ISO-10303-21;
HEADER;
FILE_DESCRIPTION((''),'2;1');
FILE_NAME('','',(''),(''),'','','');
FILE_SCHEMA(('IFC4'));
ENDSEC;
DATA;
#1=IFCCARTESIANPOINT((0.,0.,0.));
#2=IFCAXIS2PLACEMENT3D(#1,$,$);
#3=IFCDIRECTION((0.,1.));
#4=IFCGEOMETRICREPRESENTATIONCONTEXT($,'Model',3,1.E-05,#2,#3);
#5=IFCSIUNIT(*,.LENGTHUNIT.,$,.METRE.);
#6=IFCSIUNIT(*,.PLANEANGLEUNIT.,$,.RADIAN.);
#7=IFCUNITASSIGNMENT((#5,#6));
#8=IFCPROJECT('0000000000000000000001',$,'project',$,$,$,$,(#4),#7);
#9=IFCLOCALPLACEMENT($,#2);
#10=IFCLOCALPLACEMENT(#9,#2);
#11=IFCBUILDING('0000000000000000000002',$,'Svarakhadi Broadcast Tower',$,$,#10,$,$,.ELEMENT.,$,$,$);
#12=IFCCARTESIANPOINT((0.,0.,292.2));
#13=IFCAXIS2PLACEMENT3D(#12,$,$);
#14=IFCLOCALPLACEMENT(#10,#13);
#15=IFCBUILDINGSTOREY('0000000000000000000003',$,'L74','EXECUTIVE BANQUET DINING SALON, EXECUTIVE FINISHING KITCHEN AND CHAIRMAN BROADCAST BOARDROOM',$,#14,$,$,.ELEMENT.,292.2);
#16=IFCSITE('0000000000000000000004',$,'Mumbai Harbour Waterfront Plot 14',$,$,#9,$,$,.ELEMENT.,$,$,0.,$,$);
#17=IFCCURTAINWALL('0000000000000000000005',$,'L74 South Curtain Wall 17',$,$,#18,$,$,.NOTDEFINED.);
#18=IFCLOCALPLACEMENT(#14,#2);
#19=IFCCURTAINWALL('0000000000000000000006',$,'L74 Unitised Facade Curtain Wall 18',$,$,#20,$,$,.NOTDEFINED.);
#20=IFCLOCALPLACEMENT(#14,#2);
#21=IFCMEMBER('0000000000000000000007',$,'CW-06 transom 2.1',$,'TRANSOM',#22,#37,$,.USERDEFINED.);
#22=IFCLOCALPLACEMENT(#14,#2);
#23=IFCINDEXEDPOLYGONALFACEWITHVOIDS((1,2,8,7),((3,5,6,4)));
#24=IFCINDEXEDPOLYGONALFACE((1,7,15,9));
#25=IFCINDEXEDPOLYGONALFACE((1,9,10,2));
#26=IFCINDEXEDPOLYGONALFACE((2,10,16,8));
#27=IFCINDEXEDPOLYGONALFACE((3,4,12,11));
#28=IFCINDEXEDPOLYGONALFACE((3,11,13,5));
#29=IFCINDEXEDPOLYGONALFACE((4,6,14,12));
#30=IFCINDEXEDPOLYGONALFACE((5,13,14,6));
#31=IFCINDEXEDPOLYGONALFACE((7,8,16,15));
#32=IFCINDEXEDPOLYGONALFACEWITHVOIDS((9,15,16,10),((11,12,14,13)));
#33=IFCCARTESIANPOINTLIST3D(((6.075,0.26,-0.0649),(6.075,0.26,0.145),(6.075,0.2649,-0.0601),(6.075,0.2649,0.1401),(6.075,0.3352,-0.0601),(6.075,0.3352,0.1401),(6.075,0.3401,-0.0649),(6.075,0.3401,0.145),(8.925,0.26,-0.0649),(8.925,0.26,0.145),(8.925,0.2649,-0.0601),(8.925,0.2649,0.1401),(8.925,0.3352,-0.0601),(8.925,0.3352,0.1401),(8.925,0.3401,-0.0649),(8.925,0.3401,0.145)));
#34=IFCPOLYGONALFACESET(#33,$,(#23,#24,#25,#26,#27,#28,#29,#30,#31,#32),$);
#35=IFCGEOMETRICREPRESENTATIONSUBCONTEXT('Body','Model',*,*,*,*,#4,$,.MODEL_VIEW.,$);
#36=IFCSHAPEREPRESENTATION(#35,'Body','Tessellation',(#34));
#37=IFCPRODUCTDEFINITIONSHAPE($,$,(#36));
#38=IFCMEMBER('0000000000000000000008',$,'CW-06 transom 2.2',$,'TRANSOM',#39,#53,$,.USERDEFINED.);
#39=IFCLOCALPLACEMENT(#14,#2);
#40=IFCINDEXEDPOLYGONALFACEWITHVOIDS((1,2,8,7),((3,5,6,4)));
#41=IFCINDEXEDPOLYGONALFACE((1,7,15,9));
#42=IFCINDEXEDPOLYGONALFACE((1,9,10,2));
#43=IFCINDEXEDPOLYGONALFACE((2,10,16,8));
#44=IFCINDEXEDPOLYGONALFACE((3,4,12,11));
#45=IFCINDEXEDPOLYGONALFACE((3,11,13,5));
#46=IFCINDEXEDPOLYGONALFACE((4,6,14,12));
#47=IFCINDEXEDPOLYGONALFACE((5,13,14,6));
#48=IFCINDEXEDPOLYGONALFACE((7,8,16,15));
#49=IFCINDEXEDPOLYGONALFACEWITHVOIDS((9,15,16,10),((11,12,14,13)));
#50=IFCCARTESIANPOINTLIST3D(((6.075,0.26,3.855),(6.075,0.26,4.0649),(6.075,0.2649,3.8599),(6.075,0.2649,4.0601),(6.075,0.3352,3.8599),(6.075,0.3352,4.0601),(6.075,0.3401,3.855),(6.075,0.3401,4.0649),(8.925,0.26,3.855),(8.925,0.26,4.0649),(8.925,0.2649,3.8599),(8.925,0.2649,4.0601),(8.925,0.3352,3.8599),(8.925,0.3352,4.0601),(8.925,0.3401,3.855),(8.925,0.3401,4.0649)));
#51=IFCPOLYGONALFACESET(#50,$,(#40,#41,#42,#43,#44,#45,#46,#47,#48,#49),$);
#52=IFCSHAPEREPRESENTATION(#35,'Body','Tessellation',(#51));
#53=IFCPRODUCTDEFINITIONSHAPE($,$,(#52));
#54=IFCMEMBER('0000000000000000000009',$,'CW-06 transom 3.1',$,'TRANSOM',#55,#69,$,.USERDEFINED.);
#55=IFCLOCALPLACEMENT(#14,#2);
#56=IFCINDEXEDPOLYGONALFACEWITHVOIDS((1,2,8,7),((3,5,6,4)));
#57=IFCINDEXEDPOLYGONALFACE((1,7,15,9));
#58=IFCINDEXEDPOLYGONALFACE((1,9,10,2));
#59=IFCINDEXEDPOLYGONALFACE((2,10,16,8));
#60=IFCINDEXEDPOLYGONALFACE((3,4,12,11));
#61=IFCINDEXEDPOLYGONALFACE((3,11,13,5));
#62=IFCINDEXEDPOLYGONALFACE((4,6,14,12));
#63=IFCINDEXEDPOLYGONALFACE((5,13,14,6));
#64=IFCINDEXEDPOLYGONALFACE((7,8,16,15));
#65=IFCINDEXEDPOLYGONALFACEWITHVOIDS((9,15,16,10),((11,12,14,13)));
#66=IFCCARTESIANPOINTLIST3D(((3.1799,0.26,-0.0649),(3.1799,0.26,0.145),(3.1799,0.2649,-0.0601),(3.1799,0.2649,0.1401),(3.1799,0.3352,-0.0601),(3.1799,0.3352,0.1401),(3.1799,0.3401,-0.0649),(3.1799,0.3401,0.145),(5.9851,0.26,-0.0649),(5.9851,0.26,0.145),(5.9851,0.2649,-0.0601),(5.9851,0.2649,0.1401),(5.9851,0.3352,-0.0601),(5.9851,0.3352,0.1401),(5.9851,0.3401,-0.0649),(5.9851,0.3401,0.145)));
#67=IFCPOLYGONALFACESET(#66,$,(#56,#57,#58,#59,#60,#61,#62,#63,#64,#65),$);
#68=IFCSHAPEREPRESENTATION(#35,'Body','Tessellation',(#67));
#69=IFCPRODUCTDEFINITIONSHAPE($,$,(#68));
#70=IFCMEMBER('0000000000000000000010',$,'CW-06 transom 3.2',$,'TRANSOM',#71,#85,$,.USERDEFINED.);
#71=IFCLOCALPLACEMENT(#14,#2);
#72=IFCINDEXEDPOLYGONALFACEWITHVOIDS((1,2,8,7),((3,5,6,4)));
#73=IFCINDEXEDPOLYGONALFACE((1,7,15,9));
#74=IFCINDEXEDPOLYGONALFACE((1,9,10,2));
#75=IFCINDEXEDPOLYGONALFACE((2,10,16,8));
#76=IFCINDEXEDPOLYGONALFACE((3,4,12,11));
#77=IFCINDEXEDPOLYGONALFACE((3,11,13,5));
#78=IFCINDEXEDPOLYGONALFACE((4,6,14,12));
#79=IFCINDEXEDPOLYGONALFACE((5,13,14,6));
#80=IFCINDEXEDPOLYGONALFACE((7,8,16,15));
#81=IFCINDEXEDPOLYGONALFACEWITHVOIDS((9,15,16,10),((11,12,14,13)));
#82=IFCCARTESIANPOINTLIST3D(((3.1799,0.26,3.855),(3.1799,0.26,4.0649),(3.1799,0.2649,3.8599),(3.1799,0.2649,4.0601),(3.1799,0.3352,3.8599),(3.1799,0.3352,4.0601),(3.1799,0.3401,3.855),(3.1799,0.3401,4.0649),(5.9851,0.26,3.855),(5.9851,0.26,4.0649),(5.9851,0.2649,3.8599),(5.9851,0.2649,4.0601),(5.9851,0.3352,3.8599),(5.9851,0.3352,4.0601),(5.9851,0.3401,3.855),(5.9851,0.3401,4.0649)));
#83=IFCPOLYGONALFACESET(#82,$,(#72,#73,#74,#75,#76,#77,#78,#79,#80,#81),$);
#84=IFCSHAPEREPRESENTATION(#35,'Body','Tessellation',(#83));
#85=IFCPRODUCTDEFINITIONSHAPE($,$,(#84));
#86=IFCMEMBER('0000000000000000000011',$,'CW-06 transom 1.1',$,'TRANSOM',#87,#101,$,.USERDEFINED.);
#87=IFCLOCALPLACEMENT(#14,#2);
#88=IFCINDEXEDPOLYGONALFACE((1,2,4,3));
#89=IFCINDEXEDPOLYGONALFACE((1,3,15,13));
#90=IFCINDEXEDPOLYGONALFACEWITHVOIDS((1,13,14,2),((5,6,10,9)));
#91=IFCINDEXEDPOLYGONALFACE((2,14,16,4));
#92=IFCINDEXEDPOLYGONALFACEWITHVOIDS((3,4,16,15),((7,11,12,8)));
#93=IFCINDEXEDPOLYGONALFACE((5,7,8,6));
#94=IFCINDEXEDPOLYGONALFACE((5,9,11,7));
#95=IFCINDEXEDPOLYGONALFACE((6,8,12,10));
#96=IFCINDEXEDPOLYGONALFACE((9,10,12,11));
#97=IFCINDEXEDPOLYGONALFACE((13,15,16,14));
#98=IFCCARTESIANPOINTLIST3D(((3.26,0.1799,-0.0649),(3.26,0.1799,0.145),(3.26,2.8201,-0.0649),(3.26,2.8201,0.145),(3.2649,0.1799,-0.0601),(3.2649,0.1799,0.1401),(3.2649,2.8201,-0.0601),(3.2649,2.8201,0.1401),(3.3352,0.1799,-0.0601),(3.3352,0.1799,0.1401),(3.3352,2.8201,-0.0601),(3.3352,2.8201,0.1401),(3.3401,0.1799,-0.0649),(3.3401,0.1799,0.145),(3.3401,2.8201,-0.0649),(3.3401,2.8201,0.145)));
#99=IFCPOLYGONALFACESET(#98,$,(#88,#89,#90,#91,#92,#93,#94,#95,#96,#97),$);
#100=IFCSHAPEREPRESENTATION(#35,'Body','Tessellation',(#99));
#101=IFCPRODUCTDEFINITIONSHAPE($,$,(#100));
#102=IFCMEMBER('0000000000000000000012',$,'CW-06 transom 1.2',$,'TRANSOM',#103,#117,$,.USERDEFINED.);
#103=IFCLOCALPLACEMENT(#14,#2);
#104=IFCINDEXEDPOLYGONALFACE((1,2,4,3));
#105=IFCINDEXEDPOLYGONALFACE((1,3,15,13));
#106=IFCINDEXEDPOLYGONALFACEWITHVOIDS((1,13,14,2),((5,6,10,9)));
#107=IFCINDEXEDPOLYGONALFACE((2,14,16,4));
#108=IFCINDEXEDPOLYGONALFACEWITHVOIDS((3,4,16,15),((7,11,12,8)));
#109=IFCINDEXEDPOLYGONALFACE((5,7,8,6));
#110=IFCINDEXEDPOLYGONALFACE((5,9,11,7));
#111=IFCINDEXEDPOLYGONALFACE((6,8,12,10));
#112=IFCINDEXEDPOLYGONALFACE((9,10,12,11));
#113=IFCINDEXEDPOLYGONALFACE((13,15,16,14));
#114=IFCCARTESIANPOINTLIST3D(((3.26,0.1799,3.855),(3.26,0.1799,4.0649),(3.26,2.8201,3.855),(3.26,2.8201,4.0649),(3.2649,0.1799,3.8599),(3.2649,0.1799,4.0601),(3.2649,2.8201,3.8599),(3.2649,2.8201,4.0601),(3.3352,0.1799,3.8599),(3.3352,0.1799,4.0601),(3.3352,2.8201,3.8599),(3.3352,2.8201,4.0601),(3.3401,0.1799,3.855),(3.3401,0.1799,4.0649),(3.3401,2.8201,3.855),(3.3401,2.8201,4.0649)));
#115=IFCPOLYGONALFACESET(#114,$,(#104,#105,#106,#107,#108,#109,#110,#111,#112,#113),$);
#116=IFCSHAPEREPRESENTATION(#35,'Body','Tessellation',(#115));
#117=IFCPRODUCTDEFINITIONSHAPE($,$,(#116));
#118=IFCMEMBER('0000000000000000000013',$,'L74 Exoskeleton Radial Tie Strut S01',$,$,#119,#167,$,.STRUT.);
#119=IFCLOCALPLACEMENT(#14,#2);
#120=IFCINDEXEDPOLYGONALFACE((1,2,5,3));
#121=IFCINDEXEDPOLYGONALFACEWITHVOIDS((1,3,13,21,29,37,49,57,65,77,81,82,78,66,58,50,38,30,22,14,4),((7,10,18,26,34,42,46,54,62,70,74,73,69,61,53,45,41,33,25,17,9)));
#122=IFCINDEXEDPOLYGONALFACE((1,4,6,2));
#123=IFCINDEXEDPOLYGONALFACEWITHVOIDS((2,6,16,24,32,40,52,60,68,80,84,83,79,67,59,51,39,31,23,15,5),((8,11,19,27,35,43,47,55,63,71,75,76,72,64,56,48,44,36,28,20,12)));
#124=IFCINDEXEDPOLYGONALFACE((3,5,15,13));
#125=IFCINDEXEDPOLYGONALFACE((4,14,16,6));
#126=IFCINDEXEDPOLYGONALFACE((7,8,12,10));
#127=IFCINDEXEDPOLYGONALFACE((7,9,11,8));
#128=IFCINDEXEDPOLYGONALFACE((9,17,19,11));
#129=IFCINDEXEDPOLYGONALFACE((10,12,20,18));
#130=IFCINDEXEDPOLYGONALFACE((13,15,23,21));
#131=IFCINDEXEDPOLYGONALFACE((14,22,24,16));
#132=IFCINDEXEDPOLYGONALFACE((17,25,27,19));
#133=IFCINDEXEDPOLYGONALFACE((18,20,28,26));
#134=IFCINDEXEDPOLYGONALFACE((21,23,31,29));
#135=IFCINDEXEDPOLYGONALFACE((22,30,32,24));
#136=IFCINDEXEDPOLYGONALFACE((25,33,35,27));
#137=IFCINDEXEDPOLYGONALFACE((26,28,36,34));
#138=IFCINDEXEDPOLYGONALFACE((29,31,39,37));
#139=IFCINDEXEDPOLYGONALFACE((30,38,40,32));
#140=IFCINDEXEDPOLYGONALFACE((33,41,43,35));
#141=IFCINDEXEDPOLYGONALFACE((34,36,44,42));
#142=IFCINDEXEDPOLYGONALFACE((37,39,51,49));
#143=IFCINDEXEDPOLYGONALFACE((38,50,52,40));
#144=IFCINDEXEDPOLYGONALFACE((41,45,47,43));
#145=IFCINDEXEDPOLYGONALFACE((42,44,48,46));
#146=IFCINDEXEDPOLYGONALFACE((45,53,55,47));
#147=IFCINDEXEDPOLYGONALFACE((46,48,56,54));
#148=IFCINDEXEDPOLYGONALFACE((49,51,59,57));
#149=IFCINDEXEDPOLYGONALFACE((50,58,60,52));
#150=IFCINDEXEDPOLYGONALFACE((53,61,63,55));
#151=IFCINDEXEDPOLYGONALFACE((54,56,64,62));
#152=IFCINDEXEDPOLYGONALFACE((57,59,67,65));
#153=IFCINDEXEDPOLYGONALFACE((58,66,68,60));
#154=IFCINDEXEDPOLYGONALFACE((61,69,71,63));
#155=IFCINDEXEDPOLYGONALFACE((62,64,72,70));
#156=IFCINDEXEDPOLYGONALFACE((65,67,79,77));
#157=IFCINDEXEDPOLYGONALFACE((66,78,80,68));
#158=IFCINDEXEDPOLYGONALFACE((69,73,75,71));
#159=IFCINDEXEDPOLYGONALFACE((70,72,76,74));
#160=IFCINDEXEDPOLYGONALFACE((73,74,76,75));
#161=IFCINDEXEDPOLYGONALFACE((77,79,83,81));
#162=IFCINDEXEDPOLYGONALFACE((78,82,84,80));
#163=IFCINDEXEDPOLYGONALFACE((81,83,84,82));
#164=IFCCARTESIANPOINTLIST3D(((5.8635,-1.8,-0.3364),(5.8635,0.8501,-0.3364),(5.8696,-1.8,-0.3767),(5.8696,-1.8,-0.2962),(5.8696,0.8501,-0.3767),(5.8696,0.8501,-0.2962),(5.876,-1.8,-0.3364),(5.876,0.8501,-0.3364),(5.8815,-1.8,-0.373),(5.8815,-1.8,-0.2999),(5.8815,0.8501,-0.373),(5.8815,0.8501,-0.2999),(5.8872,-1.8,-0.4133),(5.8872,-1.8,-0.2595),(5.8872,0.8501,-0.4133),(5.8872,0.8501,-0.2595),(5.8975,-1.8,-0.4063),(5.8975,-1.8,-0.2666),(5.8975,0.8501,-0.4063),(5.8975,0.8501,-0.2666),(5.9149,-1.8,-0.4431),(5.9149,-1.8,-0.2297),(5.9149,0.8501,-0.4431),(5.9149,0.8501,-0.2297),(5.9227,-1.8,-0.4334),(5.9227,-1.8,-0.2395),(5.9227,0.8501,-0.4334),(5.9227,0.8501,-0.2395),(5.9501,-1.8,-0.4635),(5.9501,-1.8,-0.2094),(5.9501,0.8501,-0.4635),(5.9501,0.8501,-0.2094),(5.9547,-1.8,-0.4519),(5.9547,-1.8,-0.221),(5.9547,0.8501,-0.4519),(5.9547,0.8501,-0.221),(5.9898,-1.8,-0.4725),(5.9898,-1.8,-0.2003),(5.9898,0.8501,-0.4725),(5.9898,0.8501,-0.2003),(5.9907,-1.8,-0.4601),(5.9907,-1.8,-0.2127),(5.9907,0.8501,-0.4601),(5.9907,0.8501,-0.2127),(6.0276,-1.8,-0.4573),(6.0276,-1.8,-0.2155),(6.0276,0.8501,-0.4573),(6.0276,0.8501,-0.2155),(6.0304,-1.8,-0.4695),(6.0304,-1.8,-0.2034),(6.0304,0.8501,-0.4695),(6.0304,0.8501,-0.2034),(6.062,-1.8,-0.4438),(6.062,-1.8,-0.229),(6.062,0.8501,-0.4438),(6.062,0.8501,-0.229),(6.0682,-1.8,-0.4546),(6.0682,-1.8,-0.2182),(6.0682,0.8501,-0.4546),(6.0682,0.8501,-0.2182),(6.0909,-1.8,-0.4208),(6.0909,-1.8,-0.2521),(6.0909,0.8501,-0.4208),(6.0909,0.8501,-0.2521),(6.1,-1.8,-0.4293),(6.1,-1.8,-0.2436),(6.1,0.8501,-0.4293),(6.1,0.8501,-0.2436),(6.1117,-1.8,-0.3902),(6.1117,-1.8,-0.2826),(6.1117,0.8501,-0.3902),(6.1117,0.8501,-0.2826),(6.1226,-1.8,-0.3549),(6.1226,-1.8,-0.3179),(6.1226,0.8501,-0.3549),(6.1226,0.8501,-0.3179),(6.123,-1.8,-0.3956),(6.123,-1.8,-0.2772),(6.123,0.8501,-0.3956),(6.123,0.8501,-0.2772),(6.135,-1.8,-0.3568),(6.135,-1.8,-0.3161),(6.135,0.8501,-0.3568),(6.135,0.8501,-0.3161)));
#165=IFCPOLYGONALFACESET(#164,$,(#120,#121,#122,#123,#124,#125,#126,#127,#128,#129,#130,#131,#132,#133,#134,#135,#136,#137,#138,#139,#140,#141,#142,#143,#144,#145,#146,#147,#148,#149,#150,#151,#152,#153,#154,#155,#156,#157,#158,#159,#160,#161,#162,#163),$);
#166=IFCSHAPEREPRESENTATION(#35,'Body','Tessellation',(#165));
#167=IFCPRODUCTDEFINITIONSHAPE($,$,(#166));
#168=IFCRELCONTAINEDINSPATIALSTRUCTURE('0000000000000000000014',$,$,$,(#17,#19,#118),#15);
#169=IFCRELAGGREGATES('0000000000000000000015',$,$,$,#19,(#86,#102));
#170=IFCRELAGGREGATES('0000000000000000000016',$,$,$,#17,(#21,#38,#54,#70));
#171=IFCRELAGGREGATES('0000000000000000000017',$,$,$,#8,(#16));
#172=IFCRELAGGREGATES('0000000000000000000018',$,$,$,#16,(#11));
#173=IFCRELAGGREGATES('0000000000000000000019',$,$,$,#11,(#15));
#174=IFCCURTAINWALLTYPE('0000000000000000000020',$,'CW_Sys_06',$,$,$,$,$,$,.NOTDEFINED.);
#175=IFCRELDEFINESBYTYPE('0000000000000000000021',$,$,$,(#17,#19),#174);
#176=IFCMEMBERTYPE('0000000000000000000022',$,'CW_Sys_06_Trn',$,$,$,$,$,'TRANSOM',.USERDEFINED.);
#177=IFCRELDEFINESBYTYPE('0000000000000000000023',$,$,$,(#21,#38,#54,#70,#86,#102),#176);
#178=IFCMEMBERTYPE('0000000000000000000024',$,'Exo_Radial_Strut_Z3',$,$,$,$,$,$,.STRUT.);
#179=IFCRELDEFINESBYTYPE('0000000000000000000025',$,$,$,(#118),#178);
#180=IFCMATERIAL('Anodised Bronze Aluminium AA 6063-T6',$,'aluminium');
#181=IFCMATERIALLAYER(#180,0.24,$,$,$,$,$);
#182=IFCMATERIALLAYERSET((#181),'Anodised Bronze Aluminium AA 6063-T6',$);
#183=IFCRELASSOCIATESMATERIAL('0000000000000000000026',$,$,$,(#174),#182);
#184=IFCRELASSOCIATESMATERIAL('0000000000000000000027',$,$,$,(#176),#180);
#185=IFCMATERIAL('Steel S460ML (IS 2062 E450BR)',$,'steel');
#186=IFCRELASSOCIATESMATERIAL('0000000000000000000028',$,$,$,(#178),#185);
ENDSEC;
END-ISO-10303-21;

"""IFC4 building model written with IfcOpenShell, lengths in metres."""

from ifc_helpers import new_model, si_unit, direction, frame, origin, origin_2d, place, context, subcontext, project, spatial, hollow_rectangle, hollow_circle, extrude, material, layer, layer_set, material_profile, profile_set, type_object, element, aggregate, save


model = new_model("IFC4")

# Units and contexts
model_context = context("Model", 3, precision=1e-05, world=origin(), true_north=direction((0.0, 1.0)))
body_context = subcontext(model_context, "Body", "Model", "MODEL_VIEW")
ifc_project = project(units=[si_unit("LENGTHUNIT", "METRE"), si_unit("PLANEANGLEUNIT", "RADIAN")], contexts=[model_context])

# Site, building, storey
site_placement = place(None, origin())
site = spatial("IfcSite", under=ifc_project, at=site_placement, Name="Mumbai Harbour Waterfront Plot 14", CompositionType="ELEMENT", RefElevation=0.0)
building_placement = place(site_placement, origin())
building = spatial("IfcBuilding", under=site, at=building_placement, Name="Svarakhadi Broadcast Tower", CompositionType="ELEMENT")
storey_placement = place(building_placement, frame((0.0, 0.0, 292.2)))
storey = spatial("IfcBuildingStorey", under=building, at=storey_placement, Name="L74", Description="EXECUTIVE BANQUET DINING SALON, EXECUTIVE FINISHING KITCHEN AND CHAIRMAN BROADCAST BOARDROOM", CompositionType="ELEMENT", Elevation=292.2)

# Shared definitions
ifc_material_1 = material(Name="Steel S460ML (IS 2062 E450BR)", Category="steel")

# Curtain wall
ifc_material_2 = material(Name="Anodised Bronze Aluminium AA 6063-T6", Category="aluminium")
ifc_layer_1 = layer(ifc_material_2, 0.24)
ifc_layer_set_1 = layer_set([ifc_layer_1], Name="Anodised Bronze Aluminium AA 6063-T6")
curtain_wall_type = type_object("IfcCurtainWallType", Name="CW_Sys_06", PredefinedType="NOTDEFINED", material=ifc_layer_set_1)
curtain_wall_1_placement = place(storey_placement, origin())
curtain_wall_1 = element("IfcCurtainWall", 1, at=curtain_wall_1_placement, inside=storey, type_object=curtain_wall_type, Name="L74 South Curtain Wall 17", PredefinedType="NOTDEFINED")

# Curtain wall
curtain_wall_2_placement = place(storey_placement, origin())
curtain_wall_2 = element("IfcCurtainWall", 2, at=curtain_wall_2_placement, inside=storey, type_object=curtain_wall_type, Name="L74 Unitised Facade Curtain Wall 18", PredefinedType="NOTDEFINED")

# Members
ifc_material_profile_1 = material_profile(ifc_material_2, hollow_rectangle(XDim=0.0801, YDim=0.21, WallThickness=0.0049, at=origin_2d()), Name="ALU TRANSOM 210x80x5")
ifc_profile_set_1 = profile_set([ifc_material_profile_1], Name="Anodised Bronze Aluminium AA 6063-T6")
member_type_1 = type_object("IfcMemberType", Name="CW_Sys_06_Trn", ElementType="TRANSOM", PredefinedType="USERDEFINED", material=ifc_profile_set_1)
member_1_placement = place(storey_placement, frame((8.925, 0.3, 0.04), z_axis=(-1.0, 0.0, 0.0), x_axis=(0.0, -1.0, 0.0)))
member_1 = element("IfcMember", 3, at=member_1_placement, type_object=member_type_1, Name="CW-06 transom 2.1", ObjectType="TRANSOM", PredefinedType="USERDEFINED", context=body_context, shape_type="SweptSolid", body=[
    extrude(hollow_rectangle(XDim=0.0801, YDim=0.21, WallThickness=0.0049, at=origin_2d()), origin(), (0.0, 0.0, 1.0), 2.8501),
])
member_2_placement = place(storey_placement, frame((8.925, 0.3, 3.96), z_axis=(-1.0, 0.0, 0.0), x_axis=(0.0, -1.0, 0.0)))
member_2 = element("IfcMember", 4, at=member_2_placement, type_object=member_type_1, Name="CW-06 transom 2.2", ObjectType="TRANSOM", PredefinedType="USERDEFINED", context=body_context, shape_type="SweptSolid", body=[
    extrude(hollow_rectangle(XDim=0.0801, YDim=0.21, WallThickness=0.0049, at=origin_2d()), origin(), (0.0, 0.0, 1.0), 2.8501),
])
member_3_placement = place(storey_placement, frame((5.9851, 0.3, 0.04), z_axis=(-1.0, 0.0, 0.0), x_axis=(0.0, -1.0, 0.0)))
member_3 = element("IfcMember", 5, at=member_3_placement, type_object=member_type_1, Name="CW-06 transom 3.1", ObjectType="TRANSOM", PredefinedType="USERDEFINED", context=body_context, shape_type="SweptSolid", body=[
    extrude(hollow_rectangle(XDim=0.0801, YDim=0.21, WallThickness=0.0049, at=origin_2d()), origin(), (0.0, 0.0, 1.0), 2.8052),
])
member_4_placement = place(storey_placement, frame((5.9851, 0.3, 3.96), z_axis=(-1.0, 0.0, 0.0), x_axis=(0.0, -1.0, 0.0)))
member_4 = element("IfcMember", 6, at=member_4_placement, type_object=member_type_1, Name="CW-06 transom 3.2", ObjectType="TRANSOM", PredefinedType="USERDEFINED", context=body_context, shape_type="SweptSolid", body=[
    extrude(hollow_rectangle(XDim=0.0801, YDim=0.21, WallThickness=0.0049, at=origin_2d()), origin(), (0.0, 0.0, 1.0), 2.8052),
])
member_5_placement = place(storey_placement, frame((3.3, 0.1799, 0.04), z_axis=(0.0, 1.0, 0.0), x_axis=(-1.0, 0.0, 0.0)))
member_5 = element("IfcMember", 7, at=member_5_placement, type_object=member_type_1, Name="CW-06 transom 1.1", ObjectType="TRANSOM", PredefinedType="USERDEFINED", context=body_context, shape_type="SweptSolid", body=[
    extrude(hollow_rectangle(XDim=0.0801, YDim=0.21, WallThickness=0.0049, at=origin_2d()), origin(), (0.0, 0.0, 1.0), 2.6401),
])
member_6_placement = place(storey_placement, frame((3.3, 0.1799, 3.96), z_axis=(0.0, 1.0, 0.0), x_axis=(-1.0, 0.0, 0.0)))
member_6 = element("IfcMember", 8, at=member_6_placement, type_object=member_type_1, Name="CW-06 transom 1.2", ObjectType="TRANSOM", PredefinedType="USERDEFINED", context=body_context, shape_type="SweptSolid", body=[
    extrude(hollow_rectangle(XDim=0.0801, YDim=0.21, WallThickness=0.0049, at=origin_2d()), origin(), (0.0, 0.0, 1.0), 2.6401),
])
aggregate(curtain_wall_2, [member_5, member_6])
ifc_material_profile_2 = material_profile(ifc_material_1, hollow_circle(Radius=0.1365, WallThickness=0.0125, at=origin_2d()), Name="CHS 273x12.5")
ifc_profile_set_2 = profile_set([ifc_material_profile_2], Name="Steel S460ML (IS 2062 E450BR)")
member_type_2 = type_object("IfcMemberType", Name="Exo_Radial_Strut_Z3", PredefinedType="STRUT", material=ifc_profile_set_2)
member_7_placement = place(storey_placement, frame((6.0, -1.8, -0.3364), z_axis=(0.0, 1.0, 0.0), x_axis=(-1.0, 0.0, 0.0)))
element("IfcMember", 9, at=member_7_placement, inside=storey, type_object=member_type_2, Name="L74 Exoskeleton Radial Tie Strut S01", PredefinedType="STRUT", context=body_context, shape_type="SweptSolid", body=[
    extrude(hollow_circle(Radius=0.1365, WallThickness=0.0125, at=origin_2d()), origin(), (0.0, 0.0, 1.0), 2.6501),
])

aggregate(curtain_wall_1, [member_1, member_2, member_3, member_4])

save(model, "model.ifc")
